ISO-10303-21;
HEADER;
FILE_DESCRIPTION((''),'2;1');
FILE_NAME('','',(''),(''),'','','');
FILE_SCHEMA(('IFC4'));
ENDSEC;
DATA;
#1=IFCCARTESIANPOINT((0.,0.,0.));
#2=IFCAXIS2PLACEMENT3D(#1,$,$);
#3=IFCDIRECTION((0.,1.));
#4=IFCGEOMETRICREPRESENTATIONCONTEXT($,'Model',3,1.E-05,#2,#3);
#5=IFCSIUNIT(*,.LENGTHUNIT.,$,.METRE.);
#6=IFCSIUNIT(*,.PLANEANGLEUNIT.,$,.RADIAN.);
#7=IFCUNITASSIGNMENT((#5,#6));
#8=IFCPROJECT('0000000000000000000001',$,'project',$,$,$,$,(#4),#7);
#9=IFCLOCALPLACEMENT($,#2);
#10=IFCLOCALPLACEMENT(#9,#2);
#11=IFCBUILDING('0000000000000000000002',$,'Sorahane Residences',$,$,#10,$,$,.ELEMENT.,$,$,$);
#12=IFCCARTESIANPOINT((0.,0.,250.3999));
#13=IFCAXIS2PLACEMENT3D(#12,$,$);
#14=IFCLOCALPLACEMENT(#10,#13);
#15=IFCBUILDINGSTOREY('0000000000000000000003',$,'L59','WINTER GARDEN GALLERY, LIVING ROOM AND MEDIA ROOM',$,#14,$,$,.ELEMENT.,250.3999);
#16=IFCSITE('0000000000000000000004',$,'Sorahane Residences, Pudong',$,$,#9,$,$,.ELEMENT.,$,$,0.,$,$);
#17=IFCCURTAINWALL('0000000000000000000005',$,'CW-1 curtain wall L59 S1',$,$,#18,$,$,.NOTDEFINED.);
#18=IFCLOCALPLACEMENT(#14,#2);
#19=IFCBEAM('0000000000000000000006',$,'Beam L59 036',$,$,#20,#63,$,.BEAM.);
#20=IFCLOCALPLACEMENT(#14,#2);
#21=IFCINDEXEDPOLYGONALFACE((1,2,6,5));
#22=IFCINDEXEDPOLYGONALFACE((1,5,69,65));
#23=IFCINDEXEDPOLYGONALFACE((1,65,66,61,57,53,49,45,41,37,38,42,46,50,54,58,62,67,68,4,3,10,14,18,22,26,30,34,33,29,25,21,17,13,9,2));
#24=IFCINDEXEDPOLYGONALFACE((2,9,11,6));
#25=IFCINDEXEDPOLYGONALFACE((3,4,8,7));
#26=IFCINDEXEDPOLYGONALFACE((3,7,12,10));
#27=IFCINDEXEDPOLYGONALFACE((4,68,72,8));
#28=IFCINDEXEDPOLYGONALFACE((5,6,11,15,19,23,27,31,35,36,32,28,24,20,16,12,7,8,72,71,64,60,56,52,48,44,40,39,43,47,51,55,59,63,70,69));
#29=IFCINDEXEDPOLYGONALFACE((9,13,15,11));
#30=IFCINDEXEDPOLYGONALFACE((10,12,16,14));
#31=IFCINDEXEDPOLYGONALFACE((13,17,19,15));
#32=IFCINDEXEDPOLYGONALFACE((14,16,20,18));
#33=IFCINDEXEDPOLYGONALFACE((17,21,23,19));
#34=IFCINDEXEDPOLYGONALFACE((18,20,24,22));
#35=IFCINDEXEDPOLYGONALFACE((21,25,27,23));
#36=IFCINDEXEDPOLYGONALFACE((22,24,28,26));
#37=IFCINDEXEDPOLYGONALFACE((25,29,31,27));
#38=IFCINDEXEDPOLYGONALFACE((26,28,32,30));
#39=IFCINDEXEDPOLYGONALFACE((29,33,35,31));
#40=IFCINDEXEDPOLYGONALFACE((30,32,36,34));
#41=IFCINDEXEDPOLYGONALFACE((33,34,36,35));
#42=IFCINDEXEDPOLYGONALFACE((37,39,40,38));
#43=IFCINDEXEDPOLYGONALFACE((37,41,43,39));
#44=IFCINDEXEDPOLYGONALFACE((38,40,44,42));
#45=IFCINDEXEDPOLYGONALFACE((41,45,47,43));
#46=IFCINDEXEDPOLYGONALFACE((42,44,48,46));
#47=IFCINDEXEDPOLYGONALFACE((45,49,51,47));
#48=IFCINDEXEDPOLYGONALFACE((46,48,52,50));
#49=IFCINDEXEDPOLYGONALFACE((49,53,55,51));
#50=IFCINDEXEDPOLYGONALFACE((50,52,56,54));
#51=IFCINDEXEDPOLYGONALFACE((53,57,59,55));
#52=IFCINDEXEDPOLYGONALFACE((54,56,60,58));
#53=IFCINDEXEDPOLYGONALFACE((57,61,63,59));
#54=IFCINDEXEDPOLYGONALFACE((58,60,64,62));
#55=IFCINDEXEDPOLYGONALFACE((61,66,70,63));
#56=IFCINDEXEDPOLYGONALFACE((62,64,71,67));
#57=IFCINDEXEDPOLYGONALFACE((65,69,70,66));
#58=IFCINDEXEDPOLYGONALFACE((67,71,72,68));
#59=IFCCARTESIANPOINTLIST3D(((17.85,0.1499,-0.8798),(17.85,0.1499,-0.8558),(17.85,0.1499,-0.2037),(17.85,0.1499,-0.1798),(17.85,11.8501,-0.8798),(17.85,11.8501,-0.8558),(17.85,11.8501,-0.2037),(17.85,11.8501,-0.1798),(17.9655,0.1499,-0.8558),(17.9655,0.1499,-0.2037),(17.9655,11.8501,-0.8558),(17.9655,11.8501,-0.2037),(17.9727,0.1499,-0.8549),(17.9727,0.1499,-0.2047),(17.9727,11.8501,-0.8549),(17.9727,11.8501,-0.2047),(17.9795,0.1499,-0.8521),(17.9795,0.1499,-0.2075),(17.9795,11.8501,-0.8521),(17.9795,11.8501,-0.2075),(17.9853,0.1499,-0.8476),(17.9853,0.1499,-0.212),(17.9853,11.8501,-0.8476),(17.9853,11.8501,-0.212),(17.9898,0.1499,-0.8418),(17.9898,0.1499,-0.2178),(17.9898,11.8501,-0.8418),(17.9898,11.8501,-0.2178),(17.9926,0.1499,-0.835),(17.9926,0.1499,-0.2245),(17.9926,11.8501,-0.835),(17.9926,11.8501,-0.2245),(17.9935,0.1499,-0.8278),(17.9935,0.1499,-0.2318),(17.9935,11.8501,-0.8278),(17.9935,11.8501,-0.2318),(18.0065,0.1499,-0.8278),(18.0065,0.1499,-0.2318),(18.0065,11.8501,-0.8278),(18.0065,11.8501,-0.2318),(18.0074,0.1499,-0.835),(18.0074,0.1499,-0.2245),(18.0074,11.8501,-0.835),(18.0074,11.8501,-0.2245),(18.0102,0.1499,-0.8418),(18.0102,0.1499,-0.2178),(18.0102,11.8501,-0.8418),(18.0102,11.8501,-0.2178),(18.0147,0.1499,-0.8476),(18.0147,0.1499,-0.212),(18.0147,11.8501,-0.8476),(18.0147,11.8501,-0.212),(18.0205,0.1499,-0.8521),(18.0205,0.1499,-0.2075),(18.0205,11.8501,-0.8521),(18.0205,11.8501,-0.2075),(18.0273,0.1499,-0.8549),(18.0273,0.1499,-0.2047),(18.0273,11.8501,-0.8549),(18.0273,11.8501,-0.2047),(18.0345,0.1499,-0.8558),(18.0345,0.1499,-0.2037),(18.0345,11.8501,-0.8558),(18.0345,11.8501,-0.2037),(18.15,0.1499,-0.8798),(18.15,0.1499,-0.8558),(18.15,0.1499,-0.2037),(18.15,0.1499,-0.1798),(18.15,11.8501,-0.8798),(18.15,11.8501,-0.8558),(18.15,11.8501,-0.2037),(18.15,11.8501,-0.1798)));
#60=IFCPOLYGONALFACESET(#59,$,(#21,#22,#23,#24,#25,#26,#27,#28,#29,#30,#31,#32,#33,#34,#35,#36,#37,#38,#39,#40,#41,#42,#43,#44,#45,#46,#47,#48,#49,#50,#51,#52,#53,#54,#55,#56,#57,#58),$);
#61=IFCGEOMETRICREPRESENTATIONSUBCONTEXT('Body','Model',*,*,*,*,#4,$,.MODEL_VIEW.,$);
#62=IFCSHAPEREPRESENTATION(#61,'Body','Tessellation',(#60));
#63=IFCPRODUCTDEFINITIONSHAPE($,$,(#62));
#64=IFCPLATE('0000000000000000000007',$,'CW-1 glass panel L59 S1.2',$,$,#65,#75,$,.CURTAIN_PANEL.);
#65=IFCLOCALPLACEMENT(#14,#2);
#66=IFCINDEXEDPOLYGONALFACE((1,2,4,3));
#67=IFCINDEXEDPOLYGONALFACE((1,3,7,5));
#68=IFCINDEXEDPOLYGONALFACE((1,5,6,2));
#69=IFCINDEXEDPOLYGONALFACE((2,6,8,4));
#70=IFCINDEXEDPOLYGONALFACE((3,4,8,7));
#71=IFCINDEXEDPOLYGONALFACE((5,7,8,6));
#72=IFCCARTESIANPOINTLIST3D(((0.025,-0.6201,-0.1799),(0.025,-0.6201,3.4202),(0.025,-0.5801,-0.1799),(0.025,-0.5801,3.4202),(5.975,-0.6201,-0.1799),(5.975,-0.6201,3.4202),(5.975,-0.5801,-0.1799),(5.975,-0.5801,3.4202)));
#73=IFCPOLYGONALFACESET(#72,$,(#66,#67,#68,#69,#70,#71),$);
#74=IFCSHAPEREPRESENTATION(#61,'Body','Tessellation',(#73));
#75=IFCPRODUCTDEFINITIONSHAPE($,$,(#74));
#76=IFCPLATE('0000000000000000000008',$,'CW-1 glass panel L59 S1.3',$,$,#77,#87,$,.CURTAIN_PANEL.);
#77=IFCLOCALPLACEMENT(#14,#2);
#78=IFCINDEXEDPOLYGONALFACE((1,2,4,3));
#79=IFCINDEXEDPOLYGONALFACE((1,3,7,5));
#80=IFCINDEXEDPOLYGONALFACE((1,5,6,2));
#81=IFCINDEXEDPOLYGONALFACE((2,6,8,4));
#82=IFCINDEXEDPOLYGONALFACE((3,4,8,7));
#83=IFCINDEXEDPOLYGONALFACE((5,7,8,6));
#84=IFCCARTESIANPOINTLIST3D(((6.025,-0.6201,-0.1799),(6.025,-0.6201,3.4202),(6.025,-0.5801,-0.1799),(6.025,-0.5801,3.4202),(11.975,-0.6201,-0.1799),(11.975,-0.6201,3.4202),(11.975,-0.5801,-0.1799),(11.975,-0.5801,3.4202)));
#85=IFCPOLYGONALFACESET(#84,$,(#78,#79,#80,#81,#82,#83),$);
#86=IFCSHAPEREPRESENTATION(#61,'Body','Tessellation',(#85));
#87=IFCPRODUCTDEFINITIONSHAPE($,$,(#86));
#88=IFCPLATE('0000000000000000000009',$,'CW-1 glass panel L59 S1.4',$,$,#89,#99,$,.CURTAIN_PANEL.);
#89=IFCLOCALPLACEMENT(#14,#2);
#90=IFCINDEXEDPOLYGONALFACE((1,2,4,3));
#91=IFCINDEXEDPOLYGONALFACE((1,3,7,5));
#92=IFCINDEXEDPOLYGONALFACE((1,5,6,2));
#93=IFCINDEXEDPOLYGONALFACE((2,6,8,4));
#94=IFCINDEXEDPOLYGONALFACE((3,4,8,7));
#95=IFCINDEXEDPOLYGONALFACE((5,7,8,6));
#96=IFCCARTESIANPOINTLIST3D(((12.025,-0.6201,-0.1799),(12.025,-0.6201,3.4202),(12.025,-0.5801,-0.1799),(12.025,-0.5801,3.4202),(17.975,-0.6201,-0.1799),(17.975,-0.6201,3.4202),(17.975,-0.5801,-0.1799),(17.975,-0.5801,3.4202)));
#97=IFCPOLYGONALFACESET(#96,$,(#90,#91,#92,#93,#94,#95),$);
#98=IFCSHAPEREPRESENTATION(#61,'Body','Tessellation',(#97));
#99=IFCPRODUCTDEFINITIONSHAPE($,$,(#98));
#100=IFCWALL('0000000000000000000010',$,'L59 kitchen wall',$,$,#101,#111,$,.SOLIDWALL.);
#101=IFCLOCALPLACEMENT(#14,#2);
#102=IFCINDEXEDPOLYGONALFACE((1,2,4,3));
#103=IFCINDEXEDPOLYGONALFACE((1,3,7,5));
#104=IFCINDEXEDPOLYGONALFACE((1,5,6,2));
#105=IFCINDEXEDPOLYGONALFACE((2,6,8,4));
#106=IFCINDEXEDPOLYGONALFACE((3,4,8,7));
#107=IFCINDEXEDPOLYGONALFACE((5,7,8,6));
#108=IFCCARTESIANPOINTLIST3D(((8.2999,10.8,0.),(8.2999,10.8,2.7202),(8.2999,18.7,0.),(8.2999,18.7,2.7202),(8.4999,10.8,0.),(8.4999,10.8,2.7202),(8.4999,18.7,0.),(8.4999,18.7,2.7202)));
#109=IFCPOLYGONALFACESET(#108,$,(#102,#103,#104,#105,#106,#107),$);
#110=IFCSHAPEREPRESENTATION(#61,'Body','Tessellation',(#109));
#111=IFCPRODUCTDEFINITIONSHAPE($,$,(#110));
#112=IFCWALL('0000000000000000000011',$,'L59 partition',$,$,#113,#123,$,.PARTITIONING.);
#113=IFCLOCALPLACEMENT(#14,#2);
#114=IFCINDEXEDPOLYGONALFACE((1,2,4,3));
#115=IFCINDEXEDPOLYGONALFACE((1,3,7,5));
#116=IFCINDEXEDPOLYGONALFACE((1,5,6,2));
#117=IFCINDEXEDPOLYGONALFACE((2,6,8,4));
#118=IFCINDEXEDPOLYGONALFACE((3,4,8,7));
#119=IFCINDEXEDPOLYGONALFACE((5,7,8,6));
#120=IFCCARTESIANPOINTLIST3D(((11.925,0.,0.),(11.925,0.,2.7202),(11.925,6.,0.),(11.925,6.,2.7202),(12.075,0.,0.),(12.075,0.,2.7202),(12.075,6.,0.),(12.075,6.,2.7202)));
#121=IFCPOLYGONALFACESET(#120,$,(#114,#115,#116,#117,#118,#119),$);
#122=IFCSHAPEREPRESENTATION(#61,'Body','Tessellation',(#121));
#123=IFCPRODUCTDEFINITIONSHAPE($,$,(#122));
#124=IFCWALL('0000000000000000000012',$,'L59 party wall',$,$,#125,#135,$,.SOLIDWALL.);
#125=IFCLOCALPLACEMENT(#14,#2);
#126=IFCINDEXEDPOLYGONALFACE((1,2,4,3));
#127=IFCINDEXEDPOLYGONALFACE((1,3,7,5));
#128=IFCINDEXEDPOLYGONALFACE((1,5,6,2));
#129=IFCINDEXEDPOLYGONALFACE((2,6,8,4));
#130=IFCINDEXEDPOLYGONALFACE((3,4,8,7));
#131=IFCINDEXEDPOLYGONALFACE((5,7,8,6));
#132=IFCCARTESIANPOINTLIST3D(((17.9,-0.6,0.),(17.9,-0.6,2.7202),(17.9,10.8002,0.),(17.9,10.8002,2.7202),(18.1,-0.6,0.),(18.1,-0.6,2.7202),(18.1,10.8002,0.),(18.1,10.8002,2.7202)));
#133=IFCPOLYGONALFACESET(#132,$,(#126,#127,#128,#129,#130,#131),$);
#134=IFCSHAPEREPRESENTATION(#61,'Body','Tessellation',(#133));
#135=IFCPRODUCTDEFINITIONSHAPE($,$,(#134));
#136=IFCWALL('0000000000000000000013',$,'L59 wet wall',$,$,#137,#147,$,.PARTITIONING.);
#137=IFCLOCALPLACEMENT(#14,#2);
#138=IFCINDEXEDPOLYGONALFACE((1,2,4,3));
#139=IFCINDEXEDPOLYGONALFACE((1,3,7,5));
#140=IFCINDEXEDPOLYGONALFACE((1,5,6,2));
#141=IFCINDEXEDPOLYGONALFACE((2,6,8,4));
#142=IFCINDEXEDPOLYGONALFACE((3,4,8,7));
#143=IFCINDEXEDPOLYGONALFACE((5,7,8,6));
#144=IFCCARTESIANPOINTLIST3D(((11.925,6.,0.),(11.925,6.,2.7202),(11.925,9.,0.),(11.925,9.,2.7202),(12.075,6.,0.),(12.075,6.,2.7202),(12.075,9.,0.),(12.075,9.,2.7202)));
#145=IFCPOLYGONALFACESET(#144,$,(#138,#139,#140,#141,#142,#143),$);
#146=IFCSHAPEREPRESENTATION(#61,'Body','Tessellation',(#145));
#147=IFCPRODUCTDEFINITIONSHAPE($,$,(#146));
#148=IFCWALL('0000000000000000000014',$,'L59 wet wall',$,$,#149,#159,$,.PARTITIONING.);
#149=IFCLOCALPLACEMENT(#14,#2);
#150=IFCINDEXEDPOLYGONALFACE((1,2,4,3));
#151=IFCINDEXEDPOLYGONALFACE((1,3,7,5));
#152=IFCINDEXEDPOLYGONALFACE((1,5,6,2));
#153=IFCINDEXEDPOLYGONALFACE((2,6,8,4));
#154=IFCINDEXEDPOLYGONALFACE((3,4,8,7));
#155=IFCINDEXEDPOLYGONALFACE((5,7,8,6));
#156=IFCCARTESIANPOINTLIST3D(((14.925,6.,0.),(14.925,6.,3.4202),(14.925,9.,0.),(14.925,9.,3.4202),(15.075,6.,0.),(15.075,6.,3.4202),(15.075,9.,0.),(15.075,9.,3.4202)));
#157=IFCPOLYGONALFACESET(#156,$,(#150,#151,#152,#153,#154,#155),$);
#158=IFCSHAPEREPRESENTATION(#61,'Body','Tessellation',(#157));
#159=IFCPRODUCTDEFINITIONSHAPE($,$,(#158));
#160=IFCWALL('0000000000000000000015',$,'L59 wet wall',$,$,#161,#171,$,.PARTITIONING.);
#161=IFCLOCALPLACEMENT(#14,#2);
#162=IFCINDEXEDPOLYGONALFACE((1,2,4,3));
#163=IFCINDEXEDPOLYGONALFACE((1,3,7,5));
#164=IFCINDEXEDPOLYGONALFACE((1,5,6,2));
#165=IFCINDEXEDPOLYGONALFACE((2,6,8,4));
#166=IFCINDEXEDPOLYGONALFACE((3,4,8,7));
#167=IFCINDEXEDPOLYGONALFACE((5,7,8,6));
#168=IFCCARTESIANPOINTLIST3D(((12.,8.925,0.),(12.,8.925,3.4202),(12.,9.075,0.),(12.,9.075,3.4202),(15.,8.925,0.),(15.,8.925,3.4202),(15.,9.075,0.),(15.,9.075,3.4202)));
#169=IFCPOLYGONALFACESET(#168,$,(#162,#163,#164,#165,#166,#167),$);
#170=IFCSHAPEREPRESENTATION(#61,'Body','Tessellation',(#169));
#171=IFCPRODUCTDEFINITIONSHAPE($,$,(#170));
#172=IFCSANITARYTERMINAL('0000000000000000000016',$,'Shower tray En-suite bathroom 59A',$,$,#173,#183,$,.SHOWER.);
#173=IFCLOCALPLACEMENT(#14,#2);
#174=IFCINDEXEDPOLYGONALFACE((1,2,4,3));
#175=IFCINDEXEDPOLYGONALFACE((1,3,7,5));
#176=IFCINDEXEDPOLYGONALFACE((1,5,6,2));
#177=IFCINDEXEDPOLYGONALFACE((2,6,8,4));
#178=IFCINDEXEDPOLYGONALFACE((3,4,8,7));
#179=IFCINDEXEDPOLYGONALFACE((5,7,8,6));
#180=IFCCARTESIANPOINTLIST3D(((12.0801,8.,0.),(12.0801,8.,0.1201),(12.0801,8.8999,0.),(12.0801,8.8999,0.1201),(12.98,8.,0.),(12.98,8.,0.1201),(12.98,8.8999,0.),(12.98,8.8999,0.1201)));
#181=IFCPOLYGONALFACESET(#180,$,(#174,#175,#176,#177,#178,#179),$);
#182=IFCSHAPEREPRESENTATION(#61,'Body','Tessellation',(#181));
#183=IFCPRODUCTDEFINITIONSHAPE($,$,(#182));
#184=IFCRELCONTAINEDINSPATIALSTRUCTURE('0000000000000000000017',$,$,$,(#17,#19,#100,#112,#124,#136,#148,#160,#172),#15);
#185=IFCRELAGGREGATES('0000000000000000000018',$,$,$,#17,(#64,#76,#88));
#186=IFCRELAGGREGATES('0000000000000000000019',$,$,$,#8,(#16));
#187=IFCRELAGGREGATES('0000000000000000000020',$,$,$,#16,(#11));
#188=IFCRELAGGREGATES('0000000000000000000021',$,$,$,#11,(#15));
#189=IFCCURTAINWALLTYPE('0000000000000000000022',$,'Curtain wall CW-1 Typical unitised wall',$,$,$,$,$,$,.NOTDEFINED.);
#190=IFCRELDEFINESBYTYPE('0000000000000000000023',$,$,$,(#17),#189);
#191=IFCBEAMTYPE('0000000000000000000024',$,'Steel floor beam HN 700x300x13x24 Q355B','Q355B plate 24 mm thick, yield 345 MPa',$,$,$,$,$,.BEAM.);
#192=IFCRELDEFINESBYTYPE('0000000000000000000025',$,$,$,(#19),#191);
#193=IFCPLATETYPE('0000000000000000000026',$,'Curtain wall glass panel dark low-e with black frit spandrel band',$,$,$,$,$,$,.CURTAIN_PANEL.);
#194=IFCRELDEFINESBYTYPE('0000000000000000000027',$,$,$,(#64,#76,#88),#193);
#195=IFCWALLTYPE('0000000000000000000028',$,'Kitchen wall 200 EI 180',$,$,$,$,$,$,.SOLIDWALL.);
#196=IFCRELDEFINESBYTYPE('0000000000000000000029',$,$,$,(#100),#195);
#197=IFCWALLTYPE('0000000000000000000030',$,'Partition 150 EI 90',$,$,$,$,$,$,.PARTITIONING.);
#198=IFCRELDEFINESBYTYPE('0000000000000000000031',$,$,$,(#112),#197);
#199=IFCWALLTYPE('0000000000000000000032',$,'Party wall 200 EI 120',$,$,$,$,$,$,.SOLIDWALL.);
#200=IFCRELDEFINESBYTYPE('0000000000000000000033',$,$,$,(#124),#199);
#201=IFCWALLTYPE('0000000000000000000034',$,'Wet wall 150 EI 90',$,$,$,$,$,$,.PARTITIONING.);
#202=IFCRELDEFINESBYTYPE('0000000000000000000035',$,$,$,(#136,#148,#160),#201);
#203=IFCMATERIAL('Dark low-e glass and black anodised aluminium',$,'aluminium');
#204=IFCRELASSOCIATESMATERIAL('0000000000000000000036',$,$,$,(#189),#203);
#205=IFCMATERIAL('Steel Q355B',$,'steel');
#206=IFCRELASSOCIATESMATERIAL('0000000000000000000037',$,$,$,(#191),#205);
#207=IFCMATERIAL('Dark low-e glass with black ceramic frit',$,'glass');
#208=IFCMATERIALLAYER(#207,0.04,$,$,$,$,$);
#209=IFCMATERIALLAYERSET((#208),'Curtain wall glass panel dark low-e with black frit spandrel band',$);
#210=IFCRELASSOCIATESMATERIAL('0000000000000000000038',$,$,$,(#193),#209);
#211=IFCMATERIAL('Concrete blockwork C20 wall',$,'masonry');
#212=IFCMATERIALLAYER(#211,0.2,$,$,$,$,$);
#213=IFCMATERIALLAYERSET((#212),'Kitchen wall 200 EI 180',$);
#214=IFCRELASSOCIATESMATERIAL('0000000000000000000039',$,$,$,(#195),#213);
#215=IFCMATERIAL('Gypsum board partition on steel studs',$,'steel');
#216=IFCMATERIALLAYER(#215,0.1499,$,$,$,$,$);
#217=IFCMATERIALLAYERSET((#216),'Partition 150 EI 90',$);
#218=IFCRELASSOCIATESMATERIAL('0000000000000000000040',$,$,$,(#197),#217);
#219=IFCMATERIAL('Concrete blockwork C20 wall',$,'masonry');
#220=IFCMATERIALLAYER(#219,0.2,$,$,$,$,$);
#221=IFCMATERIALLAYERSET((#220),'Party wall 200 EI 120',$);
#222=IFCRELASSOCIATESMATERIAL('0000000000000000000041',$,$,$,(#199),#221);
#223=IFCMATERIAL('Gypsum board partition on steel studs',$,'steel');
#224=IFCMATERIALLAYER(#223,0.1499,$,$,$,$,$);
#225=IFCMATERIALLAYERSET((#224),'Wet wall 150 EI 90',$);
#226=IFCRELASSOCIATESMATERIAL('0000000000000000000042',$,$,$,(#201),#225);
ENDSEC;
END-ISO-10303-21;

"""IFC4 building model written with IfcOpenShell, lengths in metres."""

from ifc_helpers import new_model, si_unit, direction, frame, frame_2d, origin, origin_2d, place, context, subcontext, project, spatial, rectangle, i_section, extrude, material, layer, layer_set, material_profile, profile_set, type_object, element, aggregate, save


model = new_model("IFC4")

# Units and contexts
model_context = context("Model", 3, precision=1e-05, world=origin(), true_north=direction((0.0, 1.0)))
body_context = subcontext(model_context, "Body", "Model", "MODEL_VIEW")
ifc_project = project(units=[si_unit("LENGTHUNIT", "METRE"), si_unit("PLANEANGLEUNIT", "RADIAN")], contexts=[model_context])

# Site, building, storey
site_placement = place(None, origin())
site = spatial("IfcSite", under=ifc_project, at=site_placement, Name="Sorahane Residences, Pudong", CompositionType="ELEMENT", RefElevation=0.0)
building_placement = place(site_placement, origin())
building = spatial("IfcBuilding", under=site, at=building_placement, Name="Sorahane Residences", CompositionType="ELEMENT")
storey_placement = place(building_placement, frame((0.0, 0.0, 250.3999)))
storey = spatial("IfcBuildingStorey", under=building, at=storey_placement, Name="L59", Description="WINTER GARDEN GALLERY, LIVING ROOM AND MEDIA ROOM", CompositionType="ELEMENT", Elevation=250.3999)

# Curtain wall
ifc_material_1 = material(Name="Dark low-e glass and black anodised aluminium", Category="aluminium")
curtain_wall_type = type_object("IfcCurtainWallType", Name="Curtain wall CW-1 Typical unitised wall", PredefinedType="NOTDEFINED", material=ifc_material_1)
curtain_wall_placement = place(storey_placement, origin())
curtain_wall = element("IfcCurtainWall", 1, at=curtain_wall_placement, inside=storey, type_object=curtain_wall_type, Name="CW-1 curtain wall L59 S1", PredefinedType="NOTDEFINED")

# Beam
ifc_material_2 = material(Name="Steel Q355B", Category="steel")
ifc_material_profile_1 = material_profile(ifc_material_2, i_section(OverallWidth=0.3, OverallDepth=0.7, WebThickness=0.0129, FlangeThickness=0.0239, FilletRadius=0.0281, at=origin_2d()), Name="HN 700x300x13x24")
ifc_profile_set_1 = profile_set([ifc_material_profile_1], Name="Steel Q355B")
beam_type_1 = type_object("IfcBeamType", Name="Steel floor beam HN 700x300x13x24 Q355B", Description="Q355B plate 24 mm thick, yield 345 MPa", PredefinedType="BEAM", material=ifc_profile_set_1)
beam_1_placement = place(storey_placement, frame((18.0, 0.1499, -0.5298), z_axis=(0.0, 1.0, 0.0), x_axis=(-1.0, 0.0, 0.0)))
element("IfcBeam", 2, at=beam_1_placement, inside=storey, type_object=beam_type_1, Name="Beam L59 036", PredefinedType="BEAM", context=body_context, shape_type="SweptSolid", body=[
    extrude(i_section(OverallWidth=0.3, OverallDepth=0.7, WebThickness=0.0129, FlangeThickness=0.0239, FilletRadius=0.0281, at=origin_2d()), origin(), (0.0, 0.0, 1.0), 11.7002),
])

# Plates
ifc_material_3 = material(Name="Dark low-e glass with black ceramic frit", Category="glass")
ifc_layer_1 = layer(ifc_material_3, 0.04)
ifc_layer_set_1 = layer_set([ifc_layer_1], Name="Curtain wall glass panel dark low-e with black frit spandrel band")
plate_type = type_object("IfcPlateType", Name="Curtain wall glass panel dark low-e with black frit spandrel band", PredefinedType="CURTAIN_PANEL", material=ifc_layer_set_1)
plate_1_placement = place(storey_placement, frame((3.0, -0.6001, -0.1799), z_axis=(0.0, 0.0, 1.0), x_axis=(1.0, 0.0, 0.0)))
plate_1 = element("IfcPlate", 3, at=plate_1_placement, type_object=plate_type, Name="CW-1 glass panel L59 S1.2", PredefinedType="CURTAIN_PANEL", context=body_context, shape_type="SweptSolid", body=[
    extrude(rectangle(XDim=5.95, YDim=0.04, at=origin_2d()), origin(), (0.0, 0.0, 1.0), 3.6001),
])
plate_2_placement = place(storey_placement, frame((9.0, -0.6001, -0.1799), z_axis=(0.0, 0.0, 1.0), x_axis=(1.0, 0.0, 0.0)))
plate_2 = element("IfcPlate", 4, at=plate_2_placement, type_object=plate_type, Name="CW-1 glass panel L59 S1.3", PredefinedType="CURTAIN_PANEL", context=body_context, shape_type="SweptSolid", body=[
    extrude(rectangle(XDim=5.95, YDim=0.04, at=origin_2d()), origin(), (0.0, 0.0, 1.0), 3.6001),
])
plate_3_placement = place(storey_placement, frame((15.0, -0.6001, -0.1799), z_axis=(0.0, 0.0, 1.0), x_axis=(1.0, 0.0, 0.0)))
plate_3 = element("IfcPlate", 5, at=plate_3_placement, type_object=plate_type, Name="CW-1 glass panel L59 S1.4", PredefinedType="CURTAIN_PANEL", context=body_context, shape_type="SweptSolid", body=[
    extrude(rectangle(XDim=5.95, YDim=0.04, at=origin_2d()), origin(), (0.0, 0.0, 1.0), 3.6001),
])
aggregate(curtain_wall, [plate_1, plate_2, plate_3])

# Walls
ifc_material_4 = material(Name="Concrete blockwork C20 wall", Category="masonry")
ifc_layer_2 = layer(ifc_material_4, 0.2)
ifc_layer_set_2 = layer_set([ifc_layer_2], Name="Kitchen wall 200 EI 180")
wall_type_1 = type_object("IfcWallType", Name="Kitchen wall 200 EI 180", PredefinedType="SOLIDWALL", material=ifc_layer_set_2)
wall_1_placement = place(storey_placement, frame((8.3999, 10.8, 0.0), z_axis=(0.0, 0.0, 1.0), x_axis=(0.0, 1.0, 0.0)))
element("IfcWall", 6, at=wall_1_placement, inside=storey, type_object=wall_type_1, Name="L59 kitchen wall", PredefinedType="SOLIDWALL", context=body_context, shape_type="SweptSolid", body=[
    extrude(rectangle(XDim=7.8999, YDim=0.2, at=frame_2d((3.95, 0.0))), origin(), (0.0, 0.0, 1.0), 2.7202),
])
ifc_material_5 = material(Name="Gypsum board partition on steel studs", Category="steel")
ifc_layer_3 = layer(ifc_material_5, 0.1499)
ifc_layer_set_3 = layer_set([ifc_layer_3], Name="Partition 150 EI 90")
wall_type_2 = type_object("IfcWallType", Name="Partition 150 EI 90", PredefinedType="PARTITIONING", material=ifc_layer_set_3)
wall_2_placement = place(storey_placement, frame((12.0, 0.0, 0.0), z_axis=(0.0, 0.0, 1.0), x_axis=(0.0, 1.0, 0.0)))
element("IfcWall", 7, at=wall_2_placement, inside=storey, type_object=wall_type_2, Name="L59 partition", PredefinedType="PARTITIONING", context=body_context, shape_type="SweptSolid", body=[
    extrude(rectangle(XDim=6.0, YDim=0.1499, at=frame_2d((3.0, 0.0))), origin(), (0.0, 0.0, 1.0), 2.7202),
])

# Walls
ifc_material_6 = material(Name="Concrete blockwork C20 wall", Category="masonry")
ifc_layer_4 = layer(ifc_material_6, 0.2)
ifc_layer_set_4 = layer_set([ifc_layer_4], Name="Party wall 200 EI 120")
wall_type_3 = type_object("IfcWallType", Name="Party wall 200 EI 120", PredefinedType="SOLIDWALL", material=ifc_layer_set_4)
wall_3_placement = place(storey_placement, frame((18.0, -0.6001, 0.0), z_axis=(0.0, 0.0, 1.0), x_axis=(0.0, 1.0, 0.0)))
element("IfcWall", 8, at=wall_3_placement, inside=storey, type_object=wall_type_3, Name="L59 party wall", PredefinedType="SOLIDWALL", context=body_context, shape_type="SweptSolid", body=[
    extrude(rectangle(XDim=11.4001, YDim=0.2, at=frame_2d((5.7002, 0.0))), origin(), (0.0, 0.0, 1.0), 2.7202),
])
ifc_material_7 = material(Name="Gypsum board partition on steel studs", Category="steel")
ifc_layer_5 = layer(ifc_material_7, 0.1499)
ifc_layer_set_5 = layer_set([ifc_layer_5], Name="Wet wall 150 EI 90")
wall_type_4 = type_object("IfcWallType", Name="Wet wall 150 EI 90", PredefinedType="PARTITIONING", material=ifc_layer_set_5)
wall_4_placement = place(storey_placement, frame((12.0, 6.0, 0.0), z_axis=(0.0, 0.0, 1.0), x_axis=(0.0, 1.0, 0.0)))
element("IfcWall", 9, at=wall_4_placement, inside=storey, type_object=wall_type_4, Name="L59 wet wall", PredefinedType="PARTITIONING", context=body_context, shape_type="SweptSolid", body=[
    extrude(rectangle(XDim=3.0, YDim=0.1499, at=frame_2d((1.5, 0.0))), origin(), (0.0, 0.0, 1.0), 2.7202),
])
wall_5_placement = place(storey_placement, frame((15.0, 6.0, 0.0), z_axis=(0.0, 0.0, 1.0), x_axis=(0.0, 1.0, 0.0)))
element("IfcWall", 10, at=wall_5_placement, inside=storey, type_object=wall_type_4, Name="L59 wet wall", PredefinedType="PARTITIONING", context=body_context, shape_type="SweptSolid", body=[
    extrude(rectangle(XDim=3.0, YDim=0.1499, at=frame_2d((1.5, 0.0))), origin(), (0.0, 0.0, 1.0), 3.4202),
])

# Wall
wall_6_placement = place(storey_placement, frame((12.0, 9.0, 0.0), z_axis=(0.0, 0.0, 1.0), x_axis=(1.0, 0.0, 0.0)))
element("IfcWall", 11, at=wall_6_placement, inside=storey, type_object=wall_type_4, Name="L59 wet wall", PredefinedType="PARTITIONING", context=body_context, shape_type="SweptSolid", body=[
    extrude(rectangle(XDim=3.0, YDim=0.1499, at=frame_2d((1.5, 0.0))), origin(), (0.0, 0.0, 1.0), 3.4202),
])

# Sanitary terminal
sanitary_terminal_1_placement = place(storey_placement, frame((12.53, 8.45, 0.0), z_axis=(0.0, 0.0, 1.0), x_axis=(1.0, 0.0, 0.0)))
element("IfcSanitaryTerminal", 12, at=sanitary_terminal_1_placement, inside=storey, Name="Shower tray En-suite bathroom 59A", PredefinedType="SHOWER", context=body_context, shape_type="SweptSolid", body=[
    extrude(rectangle(XDim=0.8999, YDim=0.8999, at=origin_2d()), origin(), (0.0, 0.0, 1.0), 0.1201),
])

save(model, "model.ifc")
